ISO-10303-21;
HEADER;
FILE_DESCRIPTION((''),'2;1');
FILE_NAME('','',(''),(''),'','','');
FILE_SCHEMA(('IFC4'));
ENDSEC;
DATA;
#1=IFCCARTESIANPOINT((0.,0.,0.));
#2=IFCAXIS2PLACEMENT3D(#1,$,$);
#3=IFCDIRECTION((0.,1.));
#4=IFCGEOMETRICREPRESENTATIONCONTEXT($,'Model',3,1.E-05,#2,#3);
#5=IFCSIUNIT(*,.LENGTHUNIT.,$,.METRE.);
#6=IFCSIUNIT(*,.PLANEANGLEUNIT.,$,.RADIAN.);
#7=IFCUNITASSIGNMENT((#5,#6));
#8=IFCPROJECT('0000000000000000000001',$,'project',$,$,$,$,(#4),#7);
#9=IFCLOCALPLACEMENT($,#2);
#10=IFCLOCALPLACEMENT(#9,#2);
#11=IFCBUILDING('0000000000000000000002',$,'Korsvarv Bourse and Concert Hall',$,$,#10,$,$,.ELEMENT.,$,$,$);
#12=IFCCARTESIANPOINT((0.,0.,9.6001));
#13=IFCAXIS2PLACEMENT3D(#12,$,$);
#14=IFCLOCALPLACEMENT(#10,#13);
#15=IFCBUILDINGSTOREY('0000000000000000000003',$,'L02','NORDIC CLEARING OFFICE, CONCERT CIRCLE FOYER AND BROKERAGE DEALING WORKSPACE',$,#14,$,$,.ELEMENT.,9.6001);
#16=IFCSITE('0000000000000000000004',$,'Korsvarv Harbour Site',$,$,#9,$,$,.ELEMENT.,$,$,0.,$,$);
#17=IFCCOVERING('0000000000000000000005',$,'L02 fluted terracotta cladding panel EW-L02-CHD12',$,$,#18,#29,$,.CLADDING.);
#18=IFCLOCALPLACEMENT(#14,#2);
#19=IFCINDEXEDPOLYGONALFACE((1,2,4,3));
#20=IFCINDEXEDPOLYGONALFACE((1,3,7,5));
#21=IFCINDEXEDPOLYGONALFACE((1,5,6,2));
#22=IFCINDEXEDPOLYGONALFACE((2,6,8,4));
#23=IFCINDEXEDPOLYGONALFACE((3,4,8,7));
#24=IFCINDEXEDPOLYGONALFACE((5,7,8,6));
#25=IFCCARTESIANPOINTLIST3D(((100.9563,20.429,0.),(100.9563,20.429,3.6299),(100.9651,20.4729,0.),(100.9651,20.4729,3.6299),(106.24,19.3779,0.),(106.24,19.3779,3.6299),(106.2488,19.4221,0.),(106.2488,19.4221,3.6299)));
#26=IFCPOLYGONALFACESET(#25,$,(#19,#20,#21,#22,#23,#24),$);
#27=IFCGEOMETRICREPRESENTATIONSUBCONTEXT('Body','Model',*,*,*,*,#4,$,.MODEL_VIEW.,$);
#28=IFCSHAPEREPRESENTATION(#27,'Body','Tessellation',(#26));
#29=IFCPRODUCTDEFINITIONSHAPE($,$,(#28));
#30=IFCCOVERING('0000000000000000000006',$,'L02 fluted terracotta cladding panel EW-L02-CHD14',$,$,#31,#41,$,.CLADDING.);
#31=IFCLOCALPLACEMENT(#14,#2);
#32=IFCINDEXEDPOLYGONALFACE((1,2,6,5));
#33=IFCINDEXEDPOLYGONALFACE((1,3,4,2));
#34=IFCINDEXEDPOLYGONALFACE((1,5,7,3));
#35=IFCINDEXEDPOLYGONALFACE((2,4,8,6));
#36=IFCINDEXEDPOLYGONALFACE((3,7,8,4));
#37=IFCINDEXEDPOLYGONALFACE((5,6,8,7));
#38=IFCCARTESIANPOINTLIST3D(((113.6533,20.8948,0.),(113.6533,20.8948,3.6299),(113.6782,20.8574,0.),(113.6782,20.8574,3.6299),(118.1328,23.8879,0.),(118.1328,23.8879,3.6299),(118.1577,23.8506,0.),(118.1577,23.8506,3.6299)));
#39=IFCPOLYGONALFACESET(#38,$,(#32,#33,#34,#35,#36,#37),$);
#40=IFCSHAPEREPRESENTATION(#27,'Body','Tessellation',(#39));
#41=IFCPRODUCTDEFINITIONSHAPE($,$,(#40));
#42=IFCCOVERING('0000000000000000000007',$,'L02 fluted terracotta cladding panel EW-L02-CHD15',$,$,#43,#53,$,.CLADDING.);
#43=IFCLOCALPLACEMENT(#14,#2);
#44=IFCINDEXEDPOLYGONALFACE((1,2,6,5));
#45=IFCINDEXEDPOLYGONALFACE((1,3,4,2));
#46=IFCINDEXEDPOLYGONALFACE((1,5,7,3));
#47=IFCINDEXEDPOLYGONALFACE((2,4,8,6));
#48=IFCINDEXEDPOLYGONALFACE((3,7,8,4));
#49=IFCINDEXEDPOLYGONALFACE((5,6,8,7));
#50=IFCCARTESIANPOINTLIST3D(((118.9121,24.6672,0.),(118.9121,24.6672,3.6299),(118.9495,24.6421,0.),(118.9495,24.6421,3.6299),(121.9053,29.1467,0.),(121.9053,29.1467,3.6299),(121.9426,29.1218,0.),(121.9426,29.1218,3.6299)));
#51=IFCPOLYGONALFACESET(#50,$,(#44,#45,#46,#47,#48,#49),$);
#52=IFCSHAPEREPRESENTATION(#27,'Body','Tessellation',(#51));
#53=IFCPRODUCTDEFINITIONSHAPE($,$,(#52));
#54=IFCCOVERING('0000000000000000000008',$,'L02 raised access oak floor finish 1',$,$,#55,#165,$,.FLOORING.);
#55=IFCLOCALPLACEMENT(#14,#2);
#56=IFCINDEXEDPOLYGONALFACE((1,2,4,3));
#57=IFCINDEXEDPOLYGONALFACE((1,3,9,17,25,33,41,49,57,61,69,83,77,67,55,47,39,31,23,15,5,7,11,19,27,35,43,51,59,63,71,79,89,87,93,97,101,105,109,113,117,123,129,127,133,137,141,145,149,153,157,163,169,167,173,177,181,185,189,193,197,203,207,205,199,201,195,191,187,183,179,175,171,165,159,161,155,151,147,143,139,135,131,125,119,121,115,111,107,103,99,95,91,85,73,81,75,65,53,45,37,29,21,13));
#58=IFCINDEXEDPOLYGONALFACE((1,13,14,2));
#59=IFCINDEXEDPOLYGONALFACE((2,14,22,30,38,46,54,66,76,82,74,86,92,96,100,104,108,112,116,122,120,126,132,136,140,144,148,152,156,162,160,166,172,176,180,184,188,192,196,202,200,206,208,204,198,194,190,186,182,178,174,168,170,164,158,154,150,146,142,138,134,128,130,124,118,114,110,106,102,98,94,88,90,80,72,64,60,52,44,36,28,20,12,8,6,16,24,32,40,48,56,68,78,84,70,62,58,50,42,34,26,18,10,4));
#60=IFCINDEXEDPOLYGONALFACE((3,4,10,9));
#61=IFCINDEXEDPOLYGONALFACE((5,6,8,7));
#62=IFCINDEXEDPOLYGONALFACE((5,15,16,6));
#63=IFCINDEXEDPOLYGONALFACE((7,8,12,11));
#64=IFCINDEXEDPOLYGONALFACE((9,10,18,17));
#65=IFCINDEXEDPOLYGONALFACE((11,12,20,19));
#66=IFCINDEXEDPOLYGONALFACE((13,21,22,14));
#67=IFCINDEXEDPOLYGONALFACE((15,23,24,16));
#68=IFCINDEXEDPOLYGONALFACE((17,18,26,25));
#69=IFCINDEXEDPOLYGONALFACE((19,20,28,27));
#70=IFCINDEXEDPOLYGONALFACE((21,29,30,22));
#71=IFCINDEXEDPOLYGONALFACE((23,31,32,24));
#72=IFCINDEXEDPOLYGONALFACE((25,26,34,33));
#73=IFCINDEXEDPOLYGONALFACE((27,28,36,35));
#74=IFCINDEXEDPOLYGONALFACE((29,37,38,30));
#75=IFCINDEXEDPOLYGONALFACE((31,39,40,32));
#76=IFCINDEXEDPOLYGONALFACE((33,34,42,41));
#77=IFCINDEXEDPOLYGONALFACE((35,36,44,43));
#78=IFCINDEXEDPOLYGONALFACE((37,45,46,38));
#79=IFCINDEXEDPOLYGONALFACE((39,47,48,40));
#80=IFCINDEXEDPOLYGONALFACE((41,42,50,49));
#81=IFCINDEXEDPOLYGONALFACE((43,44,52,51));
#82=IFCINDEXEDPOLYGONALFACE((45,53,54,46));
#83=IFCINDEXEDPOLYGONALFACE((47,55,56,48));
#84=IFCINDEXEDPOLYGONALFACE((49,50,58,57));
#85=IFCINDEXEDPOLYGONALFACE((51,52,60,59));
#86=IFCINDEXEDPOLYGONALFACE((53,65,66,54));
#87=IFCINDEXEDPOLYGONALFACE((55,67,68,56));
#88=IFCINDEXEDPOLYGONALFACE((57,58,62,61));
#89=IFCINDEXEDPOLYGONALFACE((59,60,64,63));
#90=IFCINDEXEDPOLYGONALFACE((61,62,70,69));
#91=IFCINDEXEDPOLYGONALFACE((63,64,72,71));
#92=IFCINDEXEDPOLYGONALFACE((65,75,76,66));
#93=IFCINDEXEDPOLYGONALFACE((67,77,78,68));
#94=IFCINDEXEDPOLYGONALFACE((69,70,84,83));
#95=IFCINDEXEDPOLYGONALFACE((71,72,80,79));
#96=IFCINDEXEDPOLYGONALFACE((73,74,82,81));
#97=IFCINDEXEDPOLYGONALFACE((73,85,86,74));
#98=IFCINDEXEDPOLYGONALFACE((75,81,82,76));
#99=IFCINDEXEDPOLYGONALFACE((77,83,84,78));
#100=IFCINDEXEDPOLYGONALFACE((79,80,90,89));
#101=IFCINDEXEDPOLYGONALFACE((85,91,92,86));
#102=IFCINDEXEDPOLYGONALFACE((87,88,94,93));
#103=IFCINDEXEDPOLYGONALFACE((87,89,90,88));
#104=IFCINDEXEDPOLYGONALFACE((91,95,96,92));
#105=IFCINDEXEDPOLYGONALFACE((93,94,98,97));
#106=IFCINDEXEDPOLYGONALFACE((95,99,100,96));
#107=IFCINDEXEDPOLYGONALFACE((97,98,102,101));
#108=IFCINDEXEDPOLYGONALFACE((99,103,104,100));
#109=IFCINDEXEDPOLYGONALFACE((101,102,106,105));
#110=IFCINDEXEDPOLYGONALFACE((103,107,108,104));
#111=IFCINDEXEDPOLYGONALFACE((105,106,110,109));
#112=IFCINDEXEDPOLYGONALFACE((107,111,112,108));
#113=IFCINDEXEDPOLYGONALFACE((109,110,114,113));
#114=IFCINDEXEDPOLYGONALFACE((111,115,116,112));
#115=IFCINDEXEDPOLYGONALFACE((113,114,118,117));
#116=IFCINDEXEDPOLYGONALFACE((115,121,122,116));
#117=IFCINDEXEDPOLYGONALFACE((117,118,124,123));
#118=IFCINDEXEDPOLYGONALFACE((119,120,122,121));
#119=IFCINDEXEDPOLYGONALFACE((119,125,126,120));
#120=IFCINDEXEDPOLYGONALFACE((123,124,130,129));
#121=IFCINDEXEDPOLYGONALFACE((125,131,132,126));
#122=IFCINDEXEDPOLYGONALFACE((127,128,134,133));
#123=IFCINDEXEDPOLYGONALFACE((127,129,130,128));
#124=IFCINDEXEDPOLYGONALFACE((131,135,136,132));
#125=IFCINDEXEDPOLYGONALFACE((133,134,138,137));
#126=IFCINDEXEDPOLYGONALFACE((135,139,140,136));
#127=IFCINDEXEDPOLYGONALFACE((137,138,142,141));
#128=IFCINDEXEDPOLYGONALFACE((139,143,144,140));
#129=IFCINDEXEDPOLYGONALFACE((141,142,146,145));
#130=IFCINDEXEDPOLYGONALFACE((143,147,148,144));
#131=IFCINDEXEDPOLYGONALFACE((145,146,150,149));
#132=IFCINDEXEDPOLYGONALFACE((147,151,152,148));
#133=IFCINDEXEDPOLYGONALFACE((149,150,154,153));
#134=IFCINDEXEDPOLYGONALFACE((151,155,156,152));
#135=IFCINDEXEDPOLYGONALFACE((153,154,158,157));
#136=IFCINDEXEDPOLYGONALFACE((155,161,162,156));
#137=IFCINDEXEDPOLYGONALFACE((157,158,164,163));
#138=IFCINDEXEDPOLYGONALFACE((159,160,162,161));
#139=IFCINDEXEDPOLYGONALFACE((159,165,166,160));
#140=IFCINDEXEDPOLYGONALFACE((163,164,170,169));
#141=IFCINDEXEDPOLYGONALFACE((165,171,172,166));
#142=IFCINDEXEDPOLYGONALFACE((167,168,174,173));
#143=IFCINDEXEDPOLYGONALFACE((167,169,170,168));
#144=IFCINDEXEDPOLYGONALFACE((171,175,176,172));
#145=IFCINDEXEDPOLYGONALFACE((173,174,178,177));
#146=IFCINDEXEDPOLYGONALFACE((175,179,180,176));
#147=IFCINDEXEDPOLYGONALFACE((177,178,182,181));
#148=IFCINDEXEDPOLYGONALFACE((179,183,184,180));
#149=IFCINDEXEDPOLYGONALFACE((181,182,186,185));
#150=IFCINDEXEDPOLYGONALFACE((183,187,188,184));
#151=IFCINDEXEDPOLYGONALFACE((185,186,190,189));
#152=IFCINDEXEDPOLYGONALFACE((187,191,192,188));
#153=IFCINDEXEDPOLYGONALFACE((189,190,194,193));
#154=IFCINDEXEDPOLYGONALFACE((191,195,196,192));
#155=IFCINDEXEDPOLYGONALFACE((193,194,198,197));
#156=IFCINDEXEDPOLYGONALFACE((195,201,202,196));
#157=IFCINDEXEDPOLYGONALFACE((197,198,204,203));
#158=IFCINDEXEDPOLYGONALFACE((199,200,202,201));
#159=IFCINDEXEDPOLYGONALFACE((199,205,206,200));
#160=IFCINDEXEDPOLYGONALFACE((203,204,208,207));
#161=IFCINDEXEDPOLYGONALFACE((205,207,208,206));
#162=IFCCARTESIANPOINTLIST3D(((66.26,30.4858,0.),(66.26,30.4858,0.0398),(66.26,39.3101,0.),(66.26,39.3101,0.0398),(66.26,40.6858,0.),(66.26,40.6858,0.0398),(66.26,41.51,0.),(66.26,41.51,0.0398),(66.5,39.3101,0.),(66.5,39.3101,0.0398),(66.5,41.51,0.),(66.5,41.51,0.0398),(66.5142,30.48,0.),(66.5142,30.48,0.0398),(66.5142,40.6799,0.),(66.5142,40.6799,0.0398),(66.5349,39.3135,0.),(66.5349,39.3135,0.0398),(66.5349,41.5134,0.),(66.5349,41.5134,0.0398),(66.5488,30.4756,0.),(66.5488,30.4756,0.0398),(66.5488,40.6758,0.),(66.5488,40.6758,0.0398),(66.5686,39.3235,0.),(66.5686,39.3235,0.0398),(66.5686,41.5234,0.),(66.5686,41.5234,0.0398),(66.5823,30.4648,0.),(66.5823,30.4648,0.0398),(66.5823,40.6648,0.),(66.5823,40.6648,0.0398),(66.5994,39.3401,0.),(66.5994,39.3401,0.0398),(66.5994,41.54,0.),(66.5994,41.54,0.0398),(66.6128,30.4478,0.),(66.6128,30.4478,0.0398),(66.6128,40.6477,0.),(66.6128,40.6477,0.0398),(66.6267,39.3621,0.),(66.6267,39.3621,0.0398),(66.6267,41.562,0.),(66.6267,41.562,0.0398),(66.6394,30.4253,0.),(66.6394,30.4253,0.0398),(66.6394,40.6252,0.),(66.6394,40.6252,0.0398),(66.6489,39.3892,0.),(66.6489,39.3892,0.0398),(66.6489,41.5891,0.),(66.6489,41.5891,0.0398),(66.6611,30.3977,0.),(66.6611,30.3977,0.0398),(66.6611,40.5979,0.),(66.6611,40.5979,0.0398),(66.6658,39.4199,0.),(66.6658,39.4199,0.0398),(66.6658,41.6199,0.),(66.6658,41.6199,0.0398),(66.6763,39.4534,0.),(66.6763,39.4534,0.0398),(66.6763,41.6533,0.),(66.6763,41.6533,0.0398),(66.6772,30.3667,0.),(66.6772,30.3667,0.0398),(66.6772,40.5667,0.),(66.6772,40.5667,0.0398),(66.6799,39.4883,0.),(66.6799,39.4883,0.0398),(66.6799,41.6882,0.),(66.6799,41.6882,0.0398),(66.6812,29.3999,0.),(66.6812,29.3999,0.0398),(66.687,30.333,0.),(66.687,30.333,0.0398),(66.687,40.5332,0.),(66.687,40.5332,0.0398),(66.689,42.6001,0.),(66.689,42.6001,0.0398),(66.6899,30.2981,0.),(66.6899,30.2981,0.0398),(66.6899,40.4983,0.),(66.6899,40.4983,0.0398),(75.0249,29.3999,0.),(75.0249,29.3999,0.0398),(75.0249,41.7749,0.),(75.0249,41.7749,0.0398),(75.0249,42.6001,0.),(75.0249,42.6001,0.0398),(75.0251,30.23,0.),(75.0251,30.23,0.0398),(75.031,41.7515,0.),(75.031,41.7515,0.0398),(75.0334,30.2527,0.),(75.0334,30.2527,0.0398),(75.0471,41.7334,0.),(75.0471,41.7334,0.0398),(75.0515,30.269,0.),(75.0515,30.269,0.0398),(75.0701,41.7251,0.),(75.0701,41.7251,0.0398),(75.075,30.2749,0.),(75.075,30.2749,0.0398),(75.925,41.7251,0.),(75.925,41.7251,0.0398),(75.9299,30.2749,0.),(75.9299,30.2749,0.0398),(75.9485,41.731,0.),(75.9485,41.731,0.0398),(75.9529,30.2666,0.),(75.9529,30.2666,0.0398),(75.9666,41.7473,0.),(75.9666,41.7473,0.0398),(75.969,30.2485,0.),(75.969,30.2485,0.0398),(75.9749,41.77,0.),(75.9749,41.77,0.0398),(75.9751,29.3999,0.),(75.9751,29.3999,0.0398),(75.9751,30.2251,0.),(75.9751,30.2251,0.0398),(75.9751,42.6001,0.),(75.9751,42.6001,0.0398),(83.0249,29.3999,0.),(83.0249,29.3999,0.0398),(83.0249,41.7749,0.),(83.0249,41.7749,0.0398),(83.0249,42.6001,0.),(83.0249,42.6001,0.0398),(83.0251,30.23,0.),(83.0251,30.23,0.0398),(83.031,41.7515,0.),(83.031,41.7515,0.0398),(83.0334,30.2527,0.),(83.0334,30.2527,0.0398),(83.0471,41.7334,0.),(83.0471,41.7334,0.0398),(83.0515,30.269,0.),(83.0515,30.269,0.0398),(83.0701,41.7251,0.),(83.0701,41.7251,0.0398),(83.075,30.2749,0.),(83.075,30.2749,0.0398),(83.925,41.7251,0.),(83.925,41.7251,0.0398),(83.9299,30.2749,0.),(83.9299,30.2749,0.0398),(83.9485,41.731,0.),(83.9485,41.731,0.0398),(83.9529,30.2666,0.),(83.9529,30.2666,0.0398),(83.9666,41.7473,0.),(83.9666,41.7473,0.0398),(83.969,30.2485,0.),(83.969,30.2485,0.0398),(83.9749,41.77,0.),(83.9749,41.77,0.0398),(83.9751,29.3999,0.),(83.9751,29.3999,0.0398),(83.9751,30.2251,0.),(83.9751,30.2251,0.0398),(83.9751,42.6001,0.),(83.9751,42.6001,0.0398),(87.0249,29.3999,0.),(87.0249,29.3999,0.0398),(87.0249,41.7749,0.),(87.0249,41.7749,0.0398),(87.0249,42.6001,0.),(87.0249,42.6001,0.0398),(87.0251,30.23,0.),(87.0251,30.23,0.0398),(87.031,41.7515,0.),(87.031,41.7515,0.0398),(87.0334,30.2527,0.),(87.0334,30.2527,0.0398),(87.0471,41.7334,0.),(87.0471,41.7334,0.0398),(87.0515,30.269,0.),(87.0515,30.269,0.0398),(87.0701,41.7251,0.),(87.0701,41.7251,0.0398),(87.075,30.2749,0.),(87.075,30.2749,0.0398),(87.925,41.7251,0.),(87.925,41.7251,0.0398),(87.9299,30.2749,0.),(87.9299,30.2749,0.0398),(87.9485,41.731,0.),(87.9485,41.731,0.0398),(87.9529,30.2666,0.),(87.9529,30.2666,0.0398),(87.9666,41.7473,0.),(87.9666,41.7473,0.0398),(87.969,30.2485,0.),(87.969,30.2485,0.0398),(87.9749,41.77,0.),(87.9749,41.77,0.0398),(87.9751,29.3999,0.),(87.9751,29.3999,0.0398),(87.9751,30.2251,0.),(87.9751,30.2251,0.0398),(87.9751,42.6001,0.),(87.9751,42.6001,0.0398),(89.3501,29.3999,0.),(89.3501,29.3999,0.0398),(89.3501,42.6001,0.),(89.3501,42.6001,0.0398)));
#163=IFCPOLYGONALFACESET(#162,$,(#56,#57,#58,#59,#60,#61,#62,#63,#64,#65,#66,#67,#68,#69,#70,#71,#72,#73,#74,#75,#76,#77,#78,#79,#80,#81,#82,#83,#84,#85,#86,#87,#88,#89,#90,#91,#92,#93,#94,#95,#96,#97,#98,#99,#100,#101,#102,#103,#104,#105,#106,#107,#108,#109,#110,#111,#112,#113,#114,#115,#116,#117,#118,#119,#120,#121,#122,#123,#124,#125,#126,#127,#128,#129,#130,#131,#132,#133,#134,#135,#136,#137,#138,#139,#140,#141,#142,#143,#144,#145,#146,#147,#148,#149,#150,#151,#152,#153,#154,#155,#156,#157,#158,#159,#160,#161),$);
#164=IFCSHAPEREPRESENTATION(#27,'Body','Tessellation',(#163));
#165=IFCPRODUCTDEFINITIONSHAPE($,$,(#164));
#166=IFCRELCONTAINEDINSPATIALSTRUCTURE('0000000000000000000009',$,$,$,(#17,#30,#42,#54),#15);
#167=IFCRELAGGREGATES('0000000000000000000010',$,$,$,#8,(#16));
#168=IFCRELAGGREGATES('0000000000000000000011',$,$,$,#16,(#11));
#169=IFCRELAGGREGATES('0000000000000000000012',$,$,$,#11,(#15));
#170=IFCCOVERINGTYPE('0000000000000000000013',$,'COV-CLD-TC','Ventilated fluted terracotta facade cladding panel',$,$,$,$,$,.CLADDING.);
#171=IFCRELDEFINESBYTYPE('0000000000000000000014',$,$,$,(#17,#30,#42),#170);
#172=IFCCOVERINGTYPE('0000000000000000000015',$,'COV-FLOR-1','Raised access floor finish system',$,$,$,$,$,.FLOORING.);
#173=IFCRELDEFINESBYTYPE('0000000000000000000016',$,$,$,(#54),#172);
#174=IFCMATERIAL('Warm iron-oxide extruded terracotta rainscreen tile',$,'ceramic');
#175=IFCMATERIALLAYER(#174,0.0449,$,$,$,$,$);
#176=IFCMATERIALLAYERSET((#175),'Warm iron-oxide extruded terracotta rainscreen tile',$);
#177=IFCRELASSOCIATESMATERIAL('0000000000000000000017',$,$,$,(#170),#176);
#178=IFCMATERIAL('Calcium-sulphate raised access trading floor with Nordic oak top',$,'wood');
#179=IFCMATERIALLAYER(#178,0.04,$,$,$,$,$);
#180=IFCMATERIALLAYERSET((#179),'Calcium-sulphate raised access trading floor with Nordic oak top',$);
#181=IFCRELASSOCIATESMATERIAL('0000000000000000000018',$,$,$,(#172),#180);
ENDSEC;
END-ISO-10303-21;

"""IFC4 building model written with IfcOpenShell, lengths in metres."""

from ifc_helpers import new_model, si_unit, direction, frame, origin, place, context, subcontext, project, spatial, polyline, outline, extrude, material, layer, layer_set, type_object, element, save


model = new_model("IFC4")

# Units and contexts
model_context = context("Model", 3, precision=1e-05, world=origin(), true_north=direction((0.0, 1.0)))
body_context = subcontext(model_context, "Body", "Model", "MODEL_VIEW")
ifc_project = project(units=[si_unit("LENGTHUNIT", "METRE"), si_unit("PLANEANGLEUNIT", "RADIAN")], contexts=[model_context])

# Site, building, storey
site_placement = place(None, origin())
site = spatial("IfcSite", under=ifc_project, at=site_placement, Name="Korsvarv Harbour Site", CompositionType="ELEMENT", RefElevation=0.0)
building_placement = place(site_placement, origin())
building = spatial("IfcBuilding", under=site, at=building_placement, Name="Korsvarv Bourse and Concert Hall", CompositionType="ELEMENT")
storey_placement = place(building_placement, frame((0.0, 0.0, 9.6001)))
storey = spatial("IfcBuildingStorey", under=building, at=storey_placement, Name="L02", Description="NORDIC CLEARING OFFICE, CONCERT CIRCLE FOYER AND BROKERAGE DEALING WORKSPACE", CompositionType="ELEMENT", Elevation=9.6001)

# Coverings
ifc_material_1 = material(Name="Warm iron-oxide extruded terracotta rainscreen tile", Category="ceramic")
ifc_layer_1 = layer(ifc_material_1, 0.0449)
ifc_layer_set_1 = layer_set([ifc_layer_1], Name="Warm iron-oxide extruded terracotta rainscreen tile")
covering_type_1 = type_object("IfcCoveringType", Name="COV-CLD-TC", Description="Ventilated fluted terracotta facade cladding panel", PredefinedType="CLADDING", material=ifc_layer_set_1)
covering_1_placement = place(storey_placement, origin())
element("IfcCovering", 1, at=covering_1_placement, inside=storey, type_object=covering_type_1, Name="L02 fluted terracotta cladding panel EW-L02-CHD12", PredefinedType="CLADDING", context=body_context, shape_type="SweptSolid", body=[
    extrude(outline(polyline([(100.9651, 20.4729), (106.2488, 19.4221), (106.24, 19.3779), (100.9563, 20.429), (100.9651, 20.4729)])), origin(), (0.0, 0.0, 1.0), 3.6299),
])
covering_2_placement = place(storey_placement, origin())
element("IfcCovering", 2, at=covering_2_placement, inside=storey, type_object=covering_type_1, Name="L02 fluted terracotta cladding panel EW-L02-CHD14", PredefinedType="CLADDING", context=body_context, shape_type="SweptSolid", body=[
    extrude(outline(polyline([(113.6533, 20.8948), (118.1328, 23.8879), (118.1577, 23.8506), (113.6782, 20.8574), (113.6533, 20.8948)])), origin(), (0.0, 0.0, 1.0), 3.6299),
])
covering_3_placement = place(storey_placement, origin())
element("IfcCovering", 3, at=covering_3_placement, inside=storey, type_object=covering_type_1, Name="L02 fluted terracotta cladding panel EW-L02-CHD15", PredefinedType="CLADDING", context=body_context, shape_type="SweptSolid", body=[
    extrude(outline(polyline([(118.9121, 24.6672), (121.9053, 29.1467), (121.9426, 29.1218), (118.9495, 24.6421), (118.9121, 24.6672)])), origin(), (0.0, 0.0, 1.0), 3.6299),
])
ifc_material_2 = material(Name="Calcium-sulphate raised access trading floor with Nordic oak top", Category="wood")
ifc_layer_2 = layer(ifc_material_2, 0.04)
ifc_layer_set_2 = layer_set([ifc_layer_2], Name="Calcium-sulphate raised access trading floor with Nordic oak top")
covering_type_2 = type_object("IfcCoveringType", Name="COV-FLOR-1", Description="Raised access floor finish system", PredefinedType="FLOORING", material=ifc_layer_set_2)
covering_4_placement = place(storey_placement, origin())
element("IfcCovering", 4, at=covering_4_placement, inside=storey, type_object=covering_type_2, Name="L02 raised access oak floor finish 1", PredefinedType="FLOORING", context=body_context, shape_type="SweptSolid", body=[
    extrude(outline(polyline([(66.6899, 30.2981), (66.687, 30.333), (66.6772, 30.3667), (66.6611, 30.3977), (66.6394, 30.4253), (66.6128, 30.4478), (66.5823, 30.4648), (66.5488, 30.4756), (66.5142, 30.48), (66.26, 30.4858), (66.26, 39.3101), (66.5, 39.3101), (66.5349, 39.3135), (66.5686, 39.3235), (66.5994, 39.3401), (66.6267, 39.3621), (66.6489, 39.3892), (66.6658, 39.4199), (66.6763, 39.4534), (66.6799, 39.4883), (66.6899, 40.4983), (66.687, 40.5332), (66.6772, 40.5667), (66.6611, 40.5979), (66.6394, 40.6252), (66.6128, 40.6477), (66.5823, 40.6648), (66.5488, 40.6758), (66.5142, 40.6799), (66.26, 40.6858), (66.26, 41.51), (66.5, 41.51), (66.5349, 41.5134), (66.5686, 41.5234), (66.5994, 41.54), (66.6267, 41.562), (66.6489, 41.5891), (66.6658, 41.6199), (66.6763, 41.6533), (66.6799, 41.6882), (66.689, 42.6001), (75.0249, 42.6001), (75.0249, 41.7749), (75.031, 41.7515), (75.0471, 41.7334), (75.0701, 41.7251), (75.925, 41.7251), (75.9485, 41.731), (75.9666, 41.7473), (75.9749, 41.77), (75.9751, 42.6001), (83.0249, 42.6001), (83.0249, 41.7749), (83.031, 41.7515), (83.0471, 41.7334), (83.0701, 41.7251), (83.925, 41.7251), (83.9485, 41.731), (83.9666, 41.7473), (83.9749, 41.77), (83.9751, 42.6001), (87.0249, 42.6001), (87.0249, 41.7749), (87.031, 41.7515), (87.0471, 41.7334), (87.0701, 41.7251), (87.925, 41.7251), (87.9485, 41.731), (87.9666, 41.7473), (87.9749, 41.77), (87.9751, 42.6001), (89.3501, 42.6001), (89.3501, 29.3999), (87.9751, 29.3999), (87.9751, 30.2251), (87.969, 30.2485), (87.9529, 30.2666), (87.9299, 30.2749), (87.075, 30.2749), (87.0515, 30.269), (87.0334, 30.2527), (87.0251, 30.23), (87.0249, 29.3999), (83.9751, 29.3999), (83.9751, 30.2251), (83.969, 30.2485), (83.9529, 30.2666), (83.9299, 30.2749), (83.075, 30.2749), (83.0515, 30.269), (83.0334, 30.2527), (83.0251, 30.23), (83.0249, 29.3999), (75.9751, 29.3999), (75.9751, 30.2251), (75.969, 30.2485), (75.9529, 30.2666), (75.9299, 30.2749), (75.075, 30.2749), (75.0515, 30.269), (75.0334, 30.2527), (75.0251, 30.23), (75.0249, 29.3999), (66.6812, 29.3999), (66.6899, 30.2981)])), origin(), (0.0, 0.0, 1.0), 0.0398),
])

save(model, "model.ifc")
